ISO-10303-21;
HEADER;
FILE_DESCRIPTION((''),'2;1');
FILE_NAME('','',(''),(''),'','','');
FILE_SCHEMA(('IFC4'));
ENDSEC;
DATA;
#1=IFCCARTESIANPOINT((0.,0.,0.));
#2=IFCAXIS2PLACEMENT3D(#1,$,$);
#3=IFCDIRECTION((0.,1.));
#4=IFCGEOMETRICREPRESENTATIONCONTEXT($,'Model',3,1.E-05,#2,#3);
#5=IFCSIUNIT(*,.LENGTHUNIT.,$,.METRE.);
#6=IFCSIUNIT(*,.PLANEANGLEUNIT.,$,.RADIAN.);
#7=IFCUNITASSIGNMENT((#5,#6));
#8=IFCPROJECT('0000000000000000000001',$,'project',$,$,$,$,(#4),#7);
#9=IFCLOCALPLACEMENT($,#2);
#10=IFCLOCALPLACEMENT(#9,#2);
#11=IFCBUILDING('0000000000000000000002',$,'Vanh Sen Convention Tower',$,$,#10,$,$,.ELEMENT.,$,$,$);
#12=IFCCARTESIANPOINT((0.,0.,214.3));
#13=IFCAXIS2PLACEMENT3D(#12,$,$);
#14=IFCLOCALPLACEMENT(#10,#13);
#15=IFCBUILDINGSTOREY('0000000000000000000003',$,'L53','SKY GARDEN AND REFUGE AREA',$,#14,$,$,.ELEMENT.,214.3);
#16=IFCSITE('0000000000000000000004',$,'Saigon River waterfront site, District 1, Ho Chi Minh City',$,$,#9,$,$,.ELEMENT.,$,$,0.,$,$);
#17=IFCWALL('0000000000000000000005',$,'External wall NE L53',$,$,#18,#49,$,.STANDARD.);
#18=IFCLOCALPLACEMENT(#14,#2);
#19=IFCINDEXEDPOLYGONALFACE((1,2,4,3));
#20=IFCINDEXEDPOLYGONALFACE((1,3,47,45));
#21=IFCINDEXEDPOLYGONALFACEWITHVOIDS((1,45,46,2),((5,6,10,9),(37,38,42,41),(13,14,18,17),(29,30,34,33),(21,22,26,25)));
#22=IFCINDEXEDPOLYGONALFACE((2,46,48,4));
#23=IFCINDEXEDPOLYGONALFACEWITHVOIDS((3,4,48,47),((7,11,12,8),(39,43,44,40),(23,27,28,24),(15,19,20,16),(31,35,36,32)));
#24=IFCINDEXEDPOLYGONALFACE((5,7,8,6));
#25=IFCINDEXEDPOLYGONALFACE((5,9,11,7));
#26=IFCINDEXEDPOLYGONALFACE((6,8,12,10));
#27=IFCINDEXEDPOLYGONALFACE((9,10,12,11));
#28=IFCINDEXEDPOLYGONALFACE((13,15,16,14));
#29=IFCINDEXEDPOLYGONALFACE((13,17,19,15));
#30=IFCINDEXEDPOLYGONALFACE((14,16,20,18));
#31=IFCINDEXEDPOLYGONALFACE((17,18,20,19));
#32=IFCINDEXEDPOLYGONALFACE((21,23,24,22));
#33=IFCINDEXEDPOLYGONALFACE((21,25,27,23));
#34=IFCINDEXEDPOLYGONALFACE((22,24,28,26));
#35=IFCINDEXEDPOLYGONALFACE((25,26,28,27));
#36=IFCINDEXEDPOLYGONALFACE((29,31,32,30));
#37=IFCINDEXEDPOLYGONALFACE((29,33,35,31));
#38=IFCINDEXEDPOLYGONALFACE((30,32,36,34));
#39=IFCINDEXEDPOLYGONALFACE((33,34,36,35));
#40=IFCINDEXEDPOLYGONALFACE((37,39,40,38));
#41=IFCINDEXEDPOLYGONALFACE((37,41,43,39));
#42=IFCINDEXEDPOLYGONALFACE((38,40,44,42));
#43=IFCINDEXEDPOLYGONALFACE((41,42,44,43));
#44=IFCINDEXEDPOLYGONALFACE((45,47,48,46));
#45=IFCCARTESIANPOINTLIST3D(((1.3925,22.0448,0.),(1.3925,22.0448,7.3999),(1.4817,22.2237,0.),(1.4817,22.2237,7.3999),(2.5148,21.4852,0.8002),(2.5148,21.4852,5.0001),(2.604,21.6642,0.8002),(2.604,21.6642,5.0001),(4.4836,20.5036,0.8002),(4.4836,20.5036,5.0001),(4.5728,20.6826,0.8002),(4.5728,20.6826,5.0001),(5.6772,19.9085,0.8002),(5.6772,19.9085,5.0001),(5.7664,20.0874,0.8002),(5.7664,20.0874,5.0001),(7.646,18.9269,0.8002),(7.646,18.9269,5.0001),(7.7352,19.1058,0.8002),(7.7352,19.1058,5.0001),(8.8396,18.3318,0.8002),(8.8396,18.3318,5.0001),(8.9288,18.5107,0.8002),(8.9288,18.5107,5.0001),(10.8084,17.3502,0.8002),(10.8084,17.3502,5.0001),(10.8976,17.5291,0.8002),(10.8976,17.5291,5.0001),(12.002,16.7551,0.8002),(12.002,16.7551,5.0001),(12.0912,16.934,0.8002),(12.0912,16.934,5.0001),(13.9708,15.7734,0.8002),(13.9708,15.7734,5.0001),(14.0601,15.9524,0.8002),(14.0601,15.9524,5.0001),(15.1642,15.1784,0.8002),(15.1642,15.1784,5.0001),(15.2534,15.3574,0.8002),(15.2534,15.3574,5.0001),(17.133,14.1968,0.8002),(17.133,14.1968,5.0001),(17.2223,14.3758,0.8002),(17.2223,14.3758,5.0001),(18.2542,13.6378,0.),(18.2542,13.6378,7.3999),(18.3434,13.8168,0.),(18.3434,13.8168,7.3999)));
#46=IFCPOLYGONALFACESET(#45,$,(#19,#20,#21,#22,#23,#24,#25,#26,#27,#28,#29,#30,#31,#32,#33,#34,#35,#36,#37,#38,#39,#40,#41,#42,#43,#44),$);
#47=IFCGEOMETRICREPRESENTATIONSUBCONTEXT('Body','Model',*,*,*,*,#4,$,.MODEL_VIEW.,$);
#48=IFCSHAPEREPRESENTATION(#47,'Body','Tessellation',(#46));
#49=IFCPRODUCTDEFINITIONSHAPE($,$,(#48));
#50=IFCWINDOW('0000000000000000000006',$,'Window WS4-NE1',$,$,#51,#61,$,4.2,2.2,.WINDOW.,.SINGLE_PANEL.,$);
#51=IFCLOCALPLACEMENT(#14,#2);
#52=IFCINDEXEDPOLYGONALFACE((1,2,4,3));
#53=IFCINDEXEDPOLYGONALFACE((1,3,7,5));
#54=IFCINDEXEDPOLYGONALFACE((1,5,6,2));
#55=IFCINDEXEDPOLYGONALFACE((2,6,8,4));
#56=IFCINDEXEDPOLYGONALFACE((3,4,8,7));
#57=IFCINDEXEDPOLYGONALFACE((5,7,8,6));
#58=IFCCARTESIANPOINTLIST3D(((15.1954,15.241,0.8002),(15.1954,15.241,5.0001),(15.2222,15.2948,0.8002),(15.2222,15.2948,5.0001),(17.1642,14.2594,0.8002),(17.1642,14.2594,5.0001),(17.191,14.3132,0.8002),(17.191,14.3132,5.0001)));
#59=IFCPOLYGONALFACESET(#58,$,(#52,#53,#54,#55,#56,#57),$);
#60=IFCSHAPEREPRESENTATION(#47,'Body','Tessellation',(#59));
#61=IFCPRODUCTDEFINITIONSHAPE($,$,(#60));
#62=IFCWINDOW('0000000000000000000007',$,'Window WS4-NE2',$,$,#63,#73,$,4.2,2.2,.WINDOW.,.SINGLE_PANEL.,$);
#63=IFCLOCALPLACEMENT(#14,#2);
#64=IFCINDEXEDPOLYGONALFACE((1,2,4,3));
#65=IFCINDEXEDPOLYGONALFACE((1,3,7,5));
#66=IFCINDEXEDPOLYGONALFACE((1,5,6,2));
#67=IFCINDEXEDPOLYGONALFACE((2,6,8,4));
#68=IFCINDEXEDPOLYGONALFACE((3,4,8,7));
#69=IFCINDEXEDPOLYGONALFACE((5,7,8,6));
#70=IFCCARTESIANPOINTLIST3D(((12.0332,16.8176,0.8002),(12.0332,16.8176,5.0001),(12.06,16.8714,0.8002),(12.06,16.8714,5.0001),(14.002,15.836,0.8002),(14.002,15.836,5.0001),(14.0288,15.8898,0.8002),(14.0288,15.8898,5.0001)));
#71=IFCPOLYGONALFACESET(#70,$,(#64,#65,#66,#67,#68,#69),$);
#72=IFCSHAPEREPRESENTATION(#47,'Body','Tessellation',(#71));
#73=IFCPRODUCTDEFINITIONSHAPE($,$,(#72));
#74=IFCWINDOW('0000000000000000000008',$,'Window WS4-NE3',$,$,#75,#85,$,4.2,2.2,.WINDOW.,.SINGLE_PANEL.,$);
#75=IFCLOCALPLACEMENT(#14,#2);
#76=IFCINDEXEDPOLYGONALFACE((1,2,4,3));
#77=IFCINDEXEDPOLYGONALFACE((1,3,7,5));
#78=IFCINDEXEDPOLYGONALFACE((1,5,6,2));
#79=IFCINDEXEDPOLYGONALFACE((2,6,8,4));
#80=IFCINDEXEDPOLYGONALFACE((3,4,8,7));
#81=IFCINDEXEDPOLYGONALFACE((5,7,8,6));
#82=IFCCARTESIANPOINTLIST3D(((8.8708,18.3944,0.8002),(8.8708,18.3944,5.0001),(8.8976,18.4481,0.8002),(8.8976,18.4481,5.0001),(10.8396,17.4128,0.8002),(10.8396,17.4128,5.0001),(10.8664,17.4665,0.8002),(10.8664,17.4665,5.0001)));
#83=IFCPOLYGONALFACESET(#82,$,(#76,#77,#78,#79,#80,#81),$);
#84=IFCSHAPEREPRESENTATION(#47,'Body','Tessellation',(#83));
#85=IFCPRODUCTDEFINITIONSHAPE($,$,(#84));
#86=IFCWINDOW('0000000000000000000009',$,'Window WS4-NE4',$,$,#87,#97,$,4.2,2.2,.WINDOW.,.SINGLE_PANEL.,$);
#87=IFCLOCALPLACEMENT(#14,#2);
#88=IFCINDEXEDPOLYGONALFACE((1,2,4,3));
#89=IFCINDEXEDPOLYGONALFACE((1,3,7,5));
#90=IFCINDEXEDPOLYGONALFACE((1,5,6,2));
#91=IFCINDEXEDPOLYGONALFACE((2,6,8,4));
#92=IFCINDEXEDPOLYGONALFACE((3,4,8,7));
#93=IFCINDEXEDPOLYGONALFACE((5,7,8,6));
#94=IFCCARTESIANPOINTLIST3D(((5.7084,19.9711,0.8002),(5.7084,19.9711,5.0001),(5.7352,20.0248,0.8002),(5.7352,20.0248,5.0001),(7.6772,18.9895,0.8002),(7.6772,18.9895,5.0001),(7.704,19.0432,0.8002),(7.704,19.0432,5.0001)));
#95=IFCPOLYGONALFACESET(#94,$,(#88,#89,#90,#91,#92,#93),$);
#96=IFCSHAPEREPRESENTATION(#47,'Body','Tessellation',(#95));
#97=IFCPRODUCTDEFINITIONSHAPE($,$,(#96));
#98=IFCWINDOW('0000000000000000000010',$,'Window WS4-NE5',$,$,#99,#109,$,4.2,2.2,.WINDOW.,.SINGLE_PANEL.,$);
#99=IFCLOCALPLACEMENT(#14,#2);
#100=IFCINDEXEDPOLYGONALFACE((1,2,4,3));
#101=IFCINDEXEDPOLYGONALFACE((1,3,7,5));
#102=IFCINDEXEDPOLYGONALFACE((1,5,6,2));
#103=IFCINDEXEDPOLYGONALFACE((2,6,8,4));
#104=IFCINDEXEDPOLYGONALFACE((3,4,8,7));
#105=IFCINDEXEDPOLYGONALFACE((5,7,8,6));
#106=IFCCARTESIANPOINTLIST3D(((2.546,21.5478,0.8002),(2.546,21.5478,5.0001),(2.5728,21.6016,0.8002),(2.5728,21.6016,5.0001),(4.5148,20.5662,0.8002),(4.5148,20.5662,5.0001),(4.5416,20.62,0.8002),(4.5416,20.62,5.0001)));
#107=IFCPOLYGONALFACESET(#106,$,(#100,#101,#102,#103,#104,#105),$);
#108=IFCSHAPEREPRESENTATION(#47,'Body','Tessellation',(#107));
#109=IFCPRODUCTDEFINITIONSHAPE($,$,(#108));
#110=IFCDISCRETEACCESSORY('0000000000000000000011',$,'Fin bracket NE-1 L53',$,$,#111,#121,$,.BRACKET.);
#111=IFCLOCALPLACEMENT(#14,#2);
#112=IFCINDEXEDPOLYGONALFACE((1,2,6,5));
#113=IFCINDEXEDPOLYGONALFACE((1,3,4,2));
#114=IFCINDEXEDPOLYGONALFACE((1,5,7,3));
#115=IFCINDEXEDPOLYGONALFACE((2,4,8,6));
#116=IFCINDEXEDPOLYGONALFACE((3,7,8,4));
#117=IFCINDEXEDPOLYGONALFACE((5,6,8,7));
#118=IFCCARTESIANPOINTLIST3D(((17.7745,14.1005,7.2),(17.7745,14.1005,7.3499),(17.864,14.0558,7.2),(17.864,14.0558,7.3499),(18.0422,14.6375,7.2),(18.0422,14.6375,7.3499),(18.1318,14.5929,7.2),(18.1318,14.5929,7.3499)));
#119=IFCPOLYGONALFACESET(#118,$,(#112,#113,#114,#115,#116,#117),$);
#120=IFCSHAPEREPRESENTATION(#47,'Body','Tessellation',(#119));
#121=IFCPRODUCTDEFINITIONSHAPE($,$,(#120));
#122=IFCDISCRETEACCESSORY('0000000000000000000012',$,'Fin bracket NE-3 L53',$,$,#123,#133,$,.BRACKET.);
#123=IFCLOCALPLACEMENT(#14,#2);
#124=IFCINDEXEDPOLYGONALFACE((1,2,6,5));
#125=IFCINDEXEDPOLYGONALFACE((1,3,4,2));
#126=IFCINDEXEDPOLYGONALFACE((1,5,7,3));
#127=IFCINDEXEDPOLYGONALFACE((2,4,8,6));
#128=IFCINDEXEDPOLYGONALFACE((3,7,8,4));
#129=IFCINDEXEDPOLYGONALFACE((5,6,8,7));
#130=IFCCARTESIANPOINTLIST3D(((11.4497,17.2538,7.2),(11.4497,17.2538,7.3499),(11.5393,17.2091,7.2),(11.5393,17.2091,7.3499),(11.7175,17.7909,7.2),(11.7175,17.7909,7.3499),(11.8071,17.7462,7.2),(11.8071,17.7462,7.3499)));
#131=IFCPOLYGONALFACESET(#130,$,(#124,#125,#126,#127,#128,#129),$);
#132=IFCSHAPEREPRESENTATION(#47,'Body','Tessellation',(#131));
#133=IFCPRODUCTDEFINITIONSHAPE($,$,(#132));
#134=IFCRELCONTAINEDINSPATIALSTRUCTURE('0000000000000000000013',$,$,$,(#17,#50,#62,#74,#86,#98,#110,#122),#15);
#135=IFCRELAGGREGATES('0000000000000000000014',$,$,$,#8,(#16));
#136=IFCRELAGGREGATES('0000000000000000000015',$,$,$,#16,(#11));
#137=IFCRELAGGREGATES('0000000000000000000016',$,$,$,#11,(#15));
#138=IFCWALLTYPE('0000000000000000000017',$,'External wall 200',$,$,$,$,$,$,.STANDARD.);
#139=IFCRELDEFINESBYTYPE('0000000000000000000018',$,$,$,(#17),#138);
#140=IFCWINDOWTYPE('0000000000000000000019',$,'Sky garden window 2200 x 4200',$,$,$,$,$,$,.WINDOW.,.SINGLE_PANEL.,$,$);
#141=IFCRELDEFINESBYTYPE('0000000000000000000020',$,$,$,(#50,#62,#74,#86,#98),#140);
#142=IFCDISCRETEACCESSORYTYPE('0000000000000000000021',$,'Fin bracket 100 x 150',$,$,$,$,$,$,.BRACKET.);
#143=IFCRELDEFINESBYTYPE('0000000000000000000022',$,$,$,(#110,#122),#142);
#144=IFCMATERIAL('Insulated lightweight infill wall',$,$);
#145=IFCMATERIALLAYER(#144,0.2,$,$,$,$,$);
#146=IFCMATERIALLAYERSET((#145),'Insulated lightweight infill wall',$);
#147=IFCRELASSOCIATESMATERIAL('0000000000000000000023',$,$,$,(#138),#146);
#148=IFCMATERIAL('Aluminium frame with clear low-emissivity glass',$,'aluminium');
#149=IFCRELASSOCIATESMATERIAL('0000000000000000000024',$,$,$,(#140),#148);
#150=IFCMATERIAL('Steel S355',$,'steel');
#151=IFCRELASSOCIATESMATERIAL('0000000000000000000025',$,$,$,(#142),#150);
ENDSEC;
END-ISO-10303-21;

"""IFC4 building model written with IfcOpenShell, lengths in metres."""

from ifc_helpers import new_model, si_unit, direction, frame, frame_2d, origin, origin_2d, place, context, subcontext, project, spatial, rectangle, extrude, material, layer, layer_set, type_object, element, fill, save


model = new_model("IFC4")

# Units and contexts
model_context = context("Model", 3, precision=1e-05, world=origin(), true_north=direction((0.0, 1.0)))
body_context = subcontext(model_context, "Body", "Model", "MODEL_VIEW")
ifc_project = project(units=[si_unit("LENGTHUNIT", "METRE"), si_unit("PLANEANGLEUNIT", "RADIAN")], contexts=[model_context])

# Site, building, storey
site_placement = place(None, origin())
site = spatial("IfcSite", under=ifc_project, at=site_placement, Name="Saigon River waterfront site, District 1, Ho Chi Minh City", CompositionType="ELEMENT", RefElevation=0.0)
building_placement = place(site_placement, origin())
building = spatial("IfcBuilding", under=site, at=building_placement, Name="Vanh Sen Convention Tower", CompositionType="ELEMENT")
storey_placement = place(building_placement, frame((0.0, 0.0, 214.3)))
storey = spatial("IfcBuildingStorey", under=building, at=storey_placement, Name="L53", Description="SKY GARDEN AND REFUGE AREA", CompositionType="ELEMENT", Elevation=214.3)

# Wall, openings, windows
ifc_material_1 = material(Name="Insulated lightweight infill wall")
ifc_layer_1 = layer(ifc_material_1, 0.2)
ifc_layer_set_1 = layer_set([ifc_layer_1], Name="Insulated lightweight infill wall")
wall_type = type_object("IfcWallType", Name="External wall 200", PredefinedType="STANDARD", material=ifc_layer_set_1)
wall_placement = place(storey_placement, frame((18.2988, 13.7273, 0.0), z_axis=(0.0, 0.0, 1.0), x_axis=(-0.894935, 0.446197, 0.0)))
wall = element("IfcWall", 1, at=wall_placement, inside=storey, type_object=wall_type, Name="External wall NE L53", PredefinedType="STANDARD", context=body_context, shape_type="SweptSolid", body=[
    extrude(rectangle(XDim=18.8413, YDim=0.2, at=frame_2d((9.4207, 0.0))), origin(), (0.0, 0.0, 1.0), 7.3999),
])
opening_1_placement = place(wall_placement, frame((1.2527, 0.0, 0.8)))
opening_1 = element("IfcOpeningElement", 2, at=opening_1_placement, cuts=wall, PredefinedType="OPENING", context=body_context, shape_type="SweptSolid", body=[
    extrude(rectangle(XDim=2.2, YDim=4.2, at=frame_2d((1.1001, 2.1001))), frame((0.0, 0.1099, 0.0), z_axis=(0.0, -1.0, 0.0), x_axis=(1.0, 0.0, 0.0)), (0.0, 0.0, 1.0), 0.22),
])
opening_2_placement = place(wall_placement, frame((4.7861, 0.0, 0.8)))
opening_2 = element("IfcOpeningElement", 3, at=opening_2_placement, cuts=wall, PredefinedType="OPENING", context=body_context, shape_type="SweptSolid", body=[
    extrude(rectangle(XDim=2.2, YDim=4.2, at=frame_2d((1.1001, 2.1001))), frame((0.0, 0.1099, 0.0), z_axis=(0.0, -1.0, 0.0), x_axis=(1.0, 0.0, 0.0)), (0.0, 0.0, 1.0), 0.22),
])
opening_3_placement = place(wall_placement, frame((8.3198, 0.0, 0.8)))
opening_3 = element("IfcOpeningElement", 4, at=opening_3_placement, cuts=wall, PredefinedType="OPENING", context=body_context, shape_type="SweptSolid", body=[
    extrude(rectangle(XDim=2.2, YDim=4.2, at=frame_2d((1.1001, 2.1001))), frame((0.0, 0.1099, 0.0), z_axis=(0.0, -1.0, 0.0), x_axis=(1.0, 0.0, 0.0)), (0.0, 0.0, 1.0), 0.22),
])
opening_4_placement = place(wall_placement, frame((11.8535, 0.0, 0.8)))
opening_4 = element("IfcOpeningElement", 5, at=opening_4_placement, cuts=wall, PredefinedType="OPENING", context=body_context, shape_type="SweptSolid", body=[
    extrude(rectangle(XDim=2.2, YDim=4.2, at=frame_2d((1.1001, 2.1001))), frame((0.0, 0.1099, 0.0), z_axis=(0.0, -1.0, 0.0), x_axis=(1.0, 0.0, 0.0)), (0.0, 0.0, 1.0), 0.22),
])
opening_5_placement = place(wall_placement, frame((15.3872, 0.0, 0.8)))
opening_5 = element("IfcOpeningElement", 6, at=opening_5_placement, cuts=wall, PredefinedType="OPENING", context=body_context, shape_type="SweptSolid", body=[
    extrude(rectangle(XDim=2.2, YDim=4.2, at=frame_2d((1.1001, 2.1001))), frame((0.0, 0.1099, 0.0), z_axis=(0.0, -1.0, 0.0), x_axis=(1.0, 0.0, 0.0)), (0.0, 0.0, 1.0), 0.22),
])
ifc_material_2 = material(Name="Aluminium frame with clear low-emissivity glass", Category="aluminium")
window_type = type_object("IfcWindowType", Name="Sky garden window 2200 x 4200", PartitioningType="SINGLE_PANEL", PredefinedType="WINDOW", material=ifc_material_2)
window_1_placement = place(opening_1_placement, origin())
window_1 = element("IfcWindow", 7, at=window_1_placement, inside=storey, type_object=window_type, Name="Window WS4-NE1", OverallHeight=4.2, OverallWidth=2.2, PartitioningType="SINGLE_PANEL", PredefinedType="WINDOW", context=body_context, shape_type="SweptSolid", body=[
    extrude(rectangle(XDim=2.2, YDim=4.2, at=frame_2d((1.1001, 2.1001))), frame((0.0, 0.03, 0.0), z_axis=(0.0, -1.0, 0.0), x_axis=(1.0, 0.0, 0.0)), (0.0, 0.0, 1.0), 0.0601),
])
fill(opening_1, window_1)
window_2_placement = place(opening_2_placement, origin())
window_2 = element("IfcWindow", 8, at=window_2_placement, inside=storey, type_object=window_type, Name="Window WS4-NE2", OverallHeight=4.2, OverallWidth=2.2, PartitioningType="SINGLE_PANEL", PredefinedType="WINDOW", context=body_context, shape_type="SweptSolid", body=[
    extrude(rectangle(XDim=2.2, YDim=4.2, at=frame_2d((1.1001, 2.1001))), frame((0.0, 0.03, 0.0), z_axis=(0.0, -1.0, 0.0), x_axis=(1.0, 0.0, 0.0)), (0.0, 0.0, 1.0), 0.0601),
])
fill(opening_2, window_2)
window_3_placement = place(opening_3_placement, origin())
window_3 = element("IfcWindow", 9, at=window_3_placement, inside=storey, type_object=window_type, Name="Window WS4-NE3", OverallHeight=4.2, OverallWidth=2.2, PartitioningType="SINGLE_PANEL", PredefinedType="WINDOW", context=body_context, shape_type="SweptSolid", body=[
    extrude(rectangle(XDim=2.2, YDim=4.2, at=frame_2d((1.1001, 2.1001))), frame((0.0, 0.03, 0.0), z_axis=(0.0, -1.0, 0.0), x_axis=(1.0, 0.0, 0.0)), (0.0, 0.0, 1.0), 0.0601),
])
fill(opening_3, window_3)
window_4_placement = place(opening_4_placement, origin())
window_4 = element("IfcWindow", 10, at=window_4_placement, inside=storey, type_object=window_type, Name="Window WS4-NE4", OverallHeight=4.2, OverallWidth=2.2, PartitioningType="SINGLE_PANEL", PredefinedType="WINDOW", context=body_context, shape_type="SweptSolid", body=[
    extrude(rectangle(XDim=2.2, YDim=4.2, at=frame_2d((1.1001, 2.1001))), frame((0.0, 0.03, 0.0), z_axis=(0.0, -1.0, 0.0), x_axis=(1.0, 0.0, 0.0)), (0.0, 0.0, 1.0), 0.0601),
])
fill(opening_4, window_4)
window_5_placement = place(opening_5_placement, origin())
window_5 = element("IfcWindow", 11, at=window_5_placement, inside=storey, type_object=window_type, Name="Window WS4-NE5", OverallHeight=4.2, OverallWidth=2.2, PartitioningType="SINGLE_PANEL", PredefinedType="WINDOW", context=body_context, shape_type="SweptSolid", body=[
    extrude(rectangle(XDim=2.2, YDim=4.2, at=frame_2d((1.1001, 2.1001))), frame((0.0, 0.03, 0.0), z_axis=(0.0, -1.0, 0.0), x_axis=(1.0, 0.0, 0.0)), (0.0, 0.0, 1.0), 0.0601),
])
fill(opening_5, window_5)

# Discrete accessories
ifc_material_3 = material(Name="Steel S355", Category="steel")
discrete_accessory_type = type_object("IfcDiscreteAccessoryType", Name="Fin bracket 100 x 150", PredefinedType="BRACKET", material=ifc_material_3)
for number, where, z_axis, x_axis, name in (
    (12, (17.9531, 14.3467, 7.2), (0.0, 0.0, 1.0), (0.446198, 0.894934, 0.0), "Fin bracket NE-1 L53"),
    (13, (11.6284, 17.5, 7.2), (0.0, 0.0, 1.0), (0.446198, 0.894934, 0.0), "Fin bracket NE-3 L53"),
):
    element("IfcDiscreteAccessory", number, at=place(storey_placement, frame(where, z_axis=z_axis, x_axis=x_axis)), inside=storey, type_object=discrete_accessory_type, Name=name, PredefinedType="BRACKET", context=body_context, shape_type="SweptSolid", body=[
        extrude(rectangle(XDim=0.6001, YDim=0.1001, at=origin_2d()), origin(), (0.0, 0.0, 1.0), 0.1499),
    ])

save(model, "model.ifc")
